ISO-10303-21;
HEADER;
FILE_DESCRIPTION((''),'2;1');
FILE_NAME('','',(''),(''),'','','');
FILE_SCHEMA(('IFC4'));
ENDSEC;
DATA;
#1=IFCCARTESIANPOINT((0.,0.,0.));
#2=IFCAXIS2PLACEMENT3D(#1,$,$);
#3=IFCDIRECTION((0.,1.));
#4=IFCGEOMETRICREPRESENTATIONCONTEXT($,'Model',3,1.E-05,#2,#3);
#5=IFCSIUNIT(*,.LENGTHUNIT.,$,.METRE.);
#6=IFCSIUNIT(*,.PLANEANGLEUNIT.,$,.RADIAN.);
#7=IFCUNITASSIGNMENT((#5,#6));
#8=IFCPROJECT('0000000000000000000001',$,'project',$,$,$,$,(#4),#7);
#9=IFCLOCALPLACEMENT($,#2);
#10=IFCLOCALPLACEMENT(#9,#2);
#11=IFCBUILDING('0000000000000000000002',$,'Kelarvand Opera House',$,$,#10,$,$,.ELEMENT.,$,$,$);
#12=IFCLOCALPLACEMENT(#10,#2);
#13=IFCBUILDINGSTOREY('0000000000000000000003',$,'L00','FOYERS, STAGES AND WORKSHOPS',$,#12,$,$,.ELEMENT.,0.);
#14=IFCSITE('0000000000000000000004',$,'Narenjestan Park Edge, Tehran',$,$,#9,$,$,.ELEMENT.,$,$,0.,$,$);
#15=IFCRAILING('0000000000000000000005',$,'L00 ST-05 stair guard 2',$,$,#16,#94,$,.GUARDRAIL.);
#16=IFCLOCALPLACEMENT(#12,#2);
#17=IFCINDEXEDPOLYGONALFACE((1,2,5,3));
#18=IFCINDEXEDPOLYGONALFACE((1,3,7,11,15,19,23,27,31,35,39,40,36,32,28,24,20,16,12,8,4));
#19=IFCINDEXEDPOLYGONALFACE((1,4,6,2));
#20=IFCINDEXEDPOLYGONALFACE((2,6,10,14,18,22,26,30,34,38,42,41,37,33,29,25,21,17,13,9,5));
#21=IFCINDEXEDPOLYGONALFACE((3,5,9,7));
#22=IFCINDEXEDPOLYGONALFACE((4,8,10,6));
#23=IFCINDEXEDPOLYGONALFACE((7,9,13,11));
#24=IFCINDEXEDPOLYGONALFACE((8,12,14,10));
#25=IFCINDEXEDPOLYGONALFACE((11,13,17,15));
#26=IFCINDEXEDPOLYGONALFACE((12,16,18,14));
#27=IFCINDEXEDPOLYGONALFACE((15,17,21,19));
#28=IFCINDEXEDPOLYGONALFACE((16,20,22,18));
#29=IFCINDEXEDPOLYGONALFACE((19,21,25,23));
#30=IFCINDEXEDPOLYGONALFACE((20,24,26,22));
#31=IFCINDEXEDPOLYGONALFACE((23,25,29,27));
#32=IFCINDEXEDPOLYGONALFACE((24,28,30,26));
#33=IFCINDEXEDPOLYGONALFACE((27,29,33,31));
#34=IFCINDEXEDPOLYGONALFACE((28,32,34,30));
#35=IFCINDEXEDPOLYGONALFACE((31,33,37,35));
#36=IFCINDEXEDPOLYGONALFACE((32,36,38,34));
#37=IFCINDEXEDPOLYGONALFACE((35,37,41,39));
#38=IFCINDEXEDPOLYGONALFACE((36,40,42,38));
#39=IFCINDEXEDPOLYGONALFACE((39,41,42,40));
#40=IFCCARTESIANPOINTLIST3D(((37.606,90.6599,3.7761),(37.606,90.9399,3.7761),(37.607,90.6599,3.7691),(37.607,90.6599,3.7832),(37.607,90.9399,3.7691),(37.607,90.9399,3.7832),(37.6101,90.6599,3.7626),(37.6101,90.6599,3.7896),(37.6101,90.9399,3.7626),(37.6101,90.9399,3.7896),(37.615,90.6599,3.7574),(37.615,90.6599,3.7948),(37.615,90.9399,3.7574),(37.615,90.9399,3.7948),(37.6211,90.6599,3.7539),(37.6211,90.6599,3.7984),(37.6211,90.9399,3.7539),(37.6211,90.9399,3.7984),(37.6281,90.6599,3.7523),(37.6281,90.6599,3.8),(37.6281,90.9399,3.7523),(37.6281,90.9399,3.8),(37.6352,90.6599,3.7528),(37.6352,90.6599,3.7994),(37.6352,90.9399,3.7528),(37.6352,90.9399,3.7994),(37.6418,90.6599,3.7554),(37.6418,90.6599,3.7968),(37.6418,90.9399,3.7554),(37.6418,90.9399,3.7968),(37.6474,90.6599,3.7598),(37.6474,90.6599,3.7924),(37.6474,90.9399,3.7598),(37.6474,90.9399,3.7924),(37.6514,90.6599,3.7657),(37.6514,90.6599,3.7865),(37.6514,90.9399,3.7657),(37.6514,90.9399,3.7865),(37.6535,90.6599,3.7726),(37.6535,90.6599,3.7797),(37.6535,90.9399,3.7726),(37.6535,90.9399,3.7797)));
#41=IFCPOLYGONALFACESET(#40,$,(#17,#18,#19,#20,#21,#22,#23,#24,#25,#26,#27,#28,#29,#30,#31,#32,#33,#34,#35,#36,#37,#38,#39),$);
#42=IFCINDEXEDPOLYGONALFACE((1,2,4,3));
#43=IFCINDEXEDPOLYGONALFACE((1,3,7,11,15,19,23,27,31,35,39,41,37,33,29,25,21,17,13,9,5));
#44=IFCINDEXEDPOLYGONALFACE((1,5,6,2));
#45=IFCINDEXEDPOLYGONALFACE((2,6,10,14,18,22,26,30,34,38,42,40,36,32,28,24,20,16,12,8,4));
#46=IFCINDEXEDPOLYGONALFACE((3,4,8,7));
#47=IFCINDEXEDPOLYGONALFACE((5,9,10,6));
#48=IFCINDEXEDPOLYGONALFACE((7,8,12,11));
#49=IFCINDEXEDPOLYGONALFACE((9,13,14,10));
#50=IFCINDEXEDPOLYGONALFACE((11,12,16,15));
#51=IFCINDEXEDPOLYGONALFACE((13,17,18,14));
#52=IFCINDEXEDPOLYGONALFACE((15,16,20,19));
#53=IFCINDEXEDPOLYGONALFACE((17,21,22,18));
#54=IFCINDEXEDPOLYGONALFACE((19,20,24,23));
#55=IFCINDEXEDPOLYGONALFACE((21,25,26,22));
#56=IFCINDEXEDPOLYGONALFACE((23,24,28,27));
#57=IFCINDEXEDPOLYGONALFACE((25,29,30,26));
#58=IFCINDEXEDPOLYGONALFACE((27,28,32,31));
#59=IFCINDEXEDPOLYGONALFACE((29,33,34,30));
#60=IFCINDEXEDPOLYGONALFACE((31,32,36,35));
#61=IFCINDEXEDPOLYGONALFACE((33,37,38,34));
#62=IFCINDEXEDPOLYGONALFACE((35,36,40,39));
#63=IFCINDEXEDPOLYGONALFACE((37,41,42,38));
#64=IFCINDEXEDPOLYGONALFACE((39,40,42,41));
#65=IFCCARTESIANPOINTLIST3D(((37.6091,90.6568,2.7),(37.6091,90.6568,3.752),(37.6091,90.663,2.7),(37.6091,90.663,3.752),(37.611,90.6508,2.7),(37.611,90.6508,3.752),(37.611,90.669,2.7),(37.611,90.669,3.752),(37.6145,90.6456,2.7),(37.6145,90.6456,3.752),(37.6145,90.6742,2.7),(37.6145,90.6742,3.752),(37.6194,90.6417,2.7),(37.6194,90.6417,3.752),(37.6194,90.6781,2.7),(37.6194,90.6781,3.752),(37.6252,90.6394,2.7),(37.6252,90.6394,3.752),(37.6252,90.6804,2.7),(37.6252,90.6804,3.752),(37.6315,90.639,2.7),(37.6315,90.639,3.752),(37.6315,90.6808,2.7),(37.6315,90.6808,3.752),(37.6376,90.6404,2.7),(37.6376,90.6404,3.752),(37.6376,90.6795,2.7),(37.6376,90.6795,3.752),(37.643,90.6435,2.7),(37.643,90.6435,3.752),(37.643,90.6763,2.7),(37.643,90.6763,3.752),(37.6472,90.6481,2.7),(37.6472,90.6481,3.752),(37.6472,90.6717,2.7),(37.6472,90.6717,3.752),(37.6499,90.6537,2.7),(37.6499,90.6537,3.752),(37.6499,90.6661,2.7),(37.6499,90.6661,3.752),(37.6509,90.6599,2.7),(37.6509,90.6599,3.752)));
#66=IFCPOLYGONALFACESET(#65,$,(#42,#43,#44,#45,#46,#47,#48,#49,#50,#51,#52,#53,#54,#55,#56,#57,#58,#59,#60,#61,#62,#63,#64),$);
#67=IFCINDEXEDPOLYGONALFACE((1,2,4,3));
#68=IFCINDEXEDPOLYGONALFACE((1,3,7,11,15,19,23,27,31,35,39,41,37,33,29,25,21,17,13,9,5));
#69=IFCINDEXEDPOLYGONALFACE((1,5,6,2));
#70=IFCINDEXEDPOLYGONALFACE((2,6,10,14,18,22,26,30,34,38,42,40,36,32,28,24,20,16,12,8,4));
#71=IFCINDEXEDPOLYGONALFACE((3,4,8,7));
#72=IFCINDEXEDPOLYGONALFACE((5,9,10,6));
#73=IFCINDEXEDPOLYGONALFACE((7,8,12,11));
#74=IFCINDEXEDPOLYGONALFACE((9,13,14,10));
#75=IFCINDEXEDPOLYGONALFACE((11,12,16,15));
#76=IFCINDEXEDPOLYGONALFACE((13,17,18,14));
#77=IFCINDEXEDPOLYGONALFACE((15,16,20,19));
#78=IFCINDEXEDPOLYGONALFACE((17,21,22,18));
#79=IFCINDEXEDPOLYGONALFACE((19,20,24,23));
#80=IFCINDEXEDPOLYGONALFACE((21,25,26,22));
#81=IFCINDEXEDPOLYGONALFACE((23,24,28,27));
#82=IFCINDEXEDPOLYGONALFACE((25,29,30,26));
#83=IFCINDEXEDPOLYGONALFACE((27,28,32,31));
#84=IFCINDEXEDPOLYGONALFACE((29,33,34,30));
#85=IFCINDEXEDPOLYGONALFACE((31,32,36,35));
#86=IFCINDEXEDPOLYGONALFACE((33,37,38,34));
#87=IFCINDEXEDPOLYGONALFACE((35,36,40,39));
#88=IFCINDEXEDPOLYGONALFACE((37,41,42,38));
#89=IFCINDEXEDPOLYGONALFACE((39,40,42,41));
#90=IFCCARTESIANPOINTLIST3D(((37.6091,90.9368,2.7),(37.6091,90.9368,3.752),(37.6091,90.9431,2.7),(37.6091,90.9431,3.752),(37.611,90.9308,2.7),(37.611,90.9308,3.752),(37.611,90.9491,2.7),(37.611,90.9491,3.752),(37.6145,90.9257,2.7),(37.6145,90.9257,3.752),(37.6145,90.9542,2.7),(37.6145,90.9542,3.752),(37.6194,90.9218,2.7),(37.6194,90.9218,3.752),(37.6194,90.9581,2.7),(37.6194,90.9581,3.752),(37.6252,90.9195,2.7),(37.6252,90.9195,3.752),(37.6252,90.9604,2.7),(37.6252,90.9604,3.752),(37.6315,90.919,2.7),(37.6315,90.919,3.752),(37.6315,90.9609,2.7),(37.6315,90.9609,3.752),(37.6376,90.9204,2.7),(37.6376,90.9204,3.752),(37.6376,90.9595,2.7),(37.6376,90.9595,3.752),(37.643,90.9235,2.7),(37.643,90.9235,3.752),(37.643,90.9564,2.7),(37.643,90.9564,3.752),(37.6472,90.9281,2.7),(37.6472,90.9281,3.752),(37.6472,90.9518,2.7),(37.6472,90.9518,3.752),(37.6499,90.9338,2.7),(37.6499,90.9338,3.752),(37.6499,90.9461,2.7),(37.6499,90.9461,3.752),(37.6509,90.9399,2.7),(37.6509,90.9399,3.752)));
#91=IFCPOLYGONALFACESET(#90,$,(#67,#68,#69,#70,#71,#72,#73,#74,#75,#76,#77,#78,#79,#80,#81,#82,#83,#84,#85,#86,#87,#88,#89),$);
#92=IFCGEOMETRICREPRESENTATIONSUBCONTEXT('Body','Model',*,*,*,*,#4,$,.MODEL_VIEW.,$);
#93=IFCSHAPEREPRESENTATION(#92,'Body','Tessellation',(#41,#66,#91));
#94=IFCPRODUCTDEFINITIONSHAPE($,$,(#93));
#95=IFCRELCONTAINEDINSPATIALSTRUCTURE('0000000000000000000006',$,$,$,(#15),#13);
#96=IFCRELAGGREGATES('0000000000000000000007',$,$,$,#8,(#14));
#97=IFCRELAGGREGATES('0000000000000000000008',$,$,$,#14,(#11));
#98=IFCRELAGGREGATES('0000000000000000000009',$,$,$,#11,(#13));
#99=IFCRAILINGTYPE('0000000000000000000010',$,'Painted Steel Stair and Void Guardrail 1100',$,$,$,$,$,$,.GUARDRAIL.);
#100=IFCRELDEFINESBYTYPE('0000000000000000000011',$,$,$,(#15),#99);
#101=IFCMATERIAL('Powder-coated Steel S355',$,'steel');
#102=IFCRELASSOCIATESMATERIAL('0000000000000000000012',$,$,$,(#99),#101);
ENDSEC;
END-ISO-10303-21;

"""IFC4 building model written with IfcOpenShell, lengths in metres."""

from ifc_helpers import new_model, si_unit, direction, frame, origin, origin_2d, place, context, subcontext, project, spatial, circle, extrude, material, type_object, element, save


model = new_model("IFC4")

# Units and contexts
model_context = context("Model", 3, precision=1e-05, world=origin(), true_north=direction((0.0, 1.0)))
body_context = subcontext(model_context, "Body", "Model", "MODEL_VIEW")
ifc_project = project(units=[si_unit("LENGTHUNIT", "METRE"), si_unit("PLANEANGLEUNIT", "RADIAN")], contexts=[model_context])

# Site, building, storey
site_placement = place(None, origin())
site = spatial("IfcSite", under=ifc_project, at=site_placement, Name="Narenjestan Park Edge, Tehran", CompositionType="ELEMENT", RefElevation=0.0)
building_placement = place(site_placement, origin())
building = spatial("IfcBuilding", under=site, at=building_placement, Name="Kelarvand Opera House", CompositionType="ELEMENT")
storey_placement = place(building_placement, origin())
storey = spatial("IfcBuildingStorey", under=building, at=storey_placement, Name="L00", Description="FOYERS, STAGES AND WORKSHOPS", CompositionType="ELEMENT", Elevation=0.0)

# Railing
ifc_material_1 = material(Name="Powder-coated Steel S355", Category="steel")
railing_type_1 = type_object("IfcRailingType", Name="Painted Steel Stair and Void Guardrail 1100", PredefinedType="GUARDRAIL", material=ifc_material_1)
railing_1_placement = place(storey_placement, frame((37.6299, 90.6599, 2.7)))
element("IfcRailing", 1, at=railing_1_placement, inside=storey, type_object=railing_type_1, Name="L00 ST-05 stair guard 2", PredefinedType="GUARDRAIL", context=body_context, shape_type="SweptSolid", body=[
    extrude(circle(Radius=0.0239, at=origin_2d()), frame((0.0, 0.0, 1.0762), z_axis=(0.0, 1.0, 0.0), x_axis=(-1.0, 0.0, 0.0)), (0.0, 0.0, 1.0), 0.28),
    extrude(circle(Radius=0.021, at=origin_2d()), origin(), (0.0, 0.0, 1.0), 1.052),
    extrude(circle(Radius=0.021, at=origin_2d()), frame((0.0, 0.28, 0.0)), (0.0, 0.0, 1.0), 1.052),
])

save(model, "model.ifc")
